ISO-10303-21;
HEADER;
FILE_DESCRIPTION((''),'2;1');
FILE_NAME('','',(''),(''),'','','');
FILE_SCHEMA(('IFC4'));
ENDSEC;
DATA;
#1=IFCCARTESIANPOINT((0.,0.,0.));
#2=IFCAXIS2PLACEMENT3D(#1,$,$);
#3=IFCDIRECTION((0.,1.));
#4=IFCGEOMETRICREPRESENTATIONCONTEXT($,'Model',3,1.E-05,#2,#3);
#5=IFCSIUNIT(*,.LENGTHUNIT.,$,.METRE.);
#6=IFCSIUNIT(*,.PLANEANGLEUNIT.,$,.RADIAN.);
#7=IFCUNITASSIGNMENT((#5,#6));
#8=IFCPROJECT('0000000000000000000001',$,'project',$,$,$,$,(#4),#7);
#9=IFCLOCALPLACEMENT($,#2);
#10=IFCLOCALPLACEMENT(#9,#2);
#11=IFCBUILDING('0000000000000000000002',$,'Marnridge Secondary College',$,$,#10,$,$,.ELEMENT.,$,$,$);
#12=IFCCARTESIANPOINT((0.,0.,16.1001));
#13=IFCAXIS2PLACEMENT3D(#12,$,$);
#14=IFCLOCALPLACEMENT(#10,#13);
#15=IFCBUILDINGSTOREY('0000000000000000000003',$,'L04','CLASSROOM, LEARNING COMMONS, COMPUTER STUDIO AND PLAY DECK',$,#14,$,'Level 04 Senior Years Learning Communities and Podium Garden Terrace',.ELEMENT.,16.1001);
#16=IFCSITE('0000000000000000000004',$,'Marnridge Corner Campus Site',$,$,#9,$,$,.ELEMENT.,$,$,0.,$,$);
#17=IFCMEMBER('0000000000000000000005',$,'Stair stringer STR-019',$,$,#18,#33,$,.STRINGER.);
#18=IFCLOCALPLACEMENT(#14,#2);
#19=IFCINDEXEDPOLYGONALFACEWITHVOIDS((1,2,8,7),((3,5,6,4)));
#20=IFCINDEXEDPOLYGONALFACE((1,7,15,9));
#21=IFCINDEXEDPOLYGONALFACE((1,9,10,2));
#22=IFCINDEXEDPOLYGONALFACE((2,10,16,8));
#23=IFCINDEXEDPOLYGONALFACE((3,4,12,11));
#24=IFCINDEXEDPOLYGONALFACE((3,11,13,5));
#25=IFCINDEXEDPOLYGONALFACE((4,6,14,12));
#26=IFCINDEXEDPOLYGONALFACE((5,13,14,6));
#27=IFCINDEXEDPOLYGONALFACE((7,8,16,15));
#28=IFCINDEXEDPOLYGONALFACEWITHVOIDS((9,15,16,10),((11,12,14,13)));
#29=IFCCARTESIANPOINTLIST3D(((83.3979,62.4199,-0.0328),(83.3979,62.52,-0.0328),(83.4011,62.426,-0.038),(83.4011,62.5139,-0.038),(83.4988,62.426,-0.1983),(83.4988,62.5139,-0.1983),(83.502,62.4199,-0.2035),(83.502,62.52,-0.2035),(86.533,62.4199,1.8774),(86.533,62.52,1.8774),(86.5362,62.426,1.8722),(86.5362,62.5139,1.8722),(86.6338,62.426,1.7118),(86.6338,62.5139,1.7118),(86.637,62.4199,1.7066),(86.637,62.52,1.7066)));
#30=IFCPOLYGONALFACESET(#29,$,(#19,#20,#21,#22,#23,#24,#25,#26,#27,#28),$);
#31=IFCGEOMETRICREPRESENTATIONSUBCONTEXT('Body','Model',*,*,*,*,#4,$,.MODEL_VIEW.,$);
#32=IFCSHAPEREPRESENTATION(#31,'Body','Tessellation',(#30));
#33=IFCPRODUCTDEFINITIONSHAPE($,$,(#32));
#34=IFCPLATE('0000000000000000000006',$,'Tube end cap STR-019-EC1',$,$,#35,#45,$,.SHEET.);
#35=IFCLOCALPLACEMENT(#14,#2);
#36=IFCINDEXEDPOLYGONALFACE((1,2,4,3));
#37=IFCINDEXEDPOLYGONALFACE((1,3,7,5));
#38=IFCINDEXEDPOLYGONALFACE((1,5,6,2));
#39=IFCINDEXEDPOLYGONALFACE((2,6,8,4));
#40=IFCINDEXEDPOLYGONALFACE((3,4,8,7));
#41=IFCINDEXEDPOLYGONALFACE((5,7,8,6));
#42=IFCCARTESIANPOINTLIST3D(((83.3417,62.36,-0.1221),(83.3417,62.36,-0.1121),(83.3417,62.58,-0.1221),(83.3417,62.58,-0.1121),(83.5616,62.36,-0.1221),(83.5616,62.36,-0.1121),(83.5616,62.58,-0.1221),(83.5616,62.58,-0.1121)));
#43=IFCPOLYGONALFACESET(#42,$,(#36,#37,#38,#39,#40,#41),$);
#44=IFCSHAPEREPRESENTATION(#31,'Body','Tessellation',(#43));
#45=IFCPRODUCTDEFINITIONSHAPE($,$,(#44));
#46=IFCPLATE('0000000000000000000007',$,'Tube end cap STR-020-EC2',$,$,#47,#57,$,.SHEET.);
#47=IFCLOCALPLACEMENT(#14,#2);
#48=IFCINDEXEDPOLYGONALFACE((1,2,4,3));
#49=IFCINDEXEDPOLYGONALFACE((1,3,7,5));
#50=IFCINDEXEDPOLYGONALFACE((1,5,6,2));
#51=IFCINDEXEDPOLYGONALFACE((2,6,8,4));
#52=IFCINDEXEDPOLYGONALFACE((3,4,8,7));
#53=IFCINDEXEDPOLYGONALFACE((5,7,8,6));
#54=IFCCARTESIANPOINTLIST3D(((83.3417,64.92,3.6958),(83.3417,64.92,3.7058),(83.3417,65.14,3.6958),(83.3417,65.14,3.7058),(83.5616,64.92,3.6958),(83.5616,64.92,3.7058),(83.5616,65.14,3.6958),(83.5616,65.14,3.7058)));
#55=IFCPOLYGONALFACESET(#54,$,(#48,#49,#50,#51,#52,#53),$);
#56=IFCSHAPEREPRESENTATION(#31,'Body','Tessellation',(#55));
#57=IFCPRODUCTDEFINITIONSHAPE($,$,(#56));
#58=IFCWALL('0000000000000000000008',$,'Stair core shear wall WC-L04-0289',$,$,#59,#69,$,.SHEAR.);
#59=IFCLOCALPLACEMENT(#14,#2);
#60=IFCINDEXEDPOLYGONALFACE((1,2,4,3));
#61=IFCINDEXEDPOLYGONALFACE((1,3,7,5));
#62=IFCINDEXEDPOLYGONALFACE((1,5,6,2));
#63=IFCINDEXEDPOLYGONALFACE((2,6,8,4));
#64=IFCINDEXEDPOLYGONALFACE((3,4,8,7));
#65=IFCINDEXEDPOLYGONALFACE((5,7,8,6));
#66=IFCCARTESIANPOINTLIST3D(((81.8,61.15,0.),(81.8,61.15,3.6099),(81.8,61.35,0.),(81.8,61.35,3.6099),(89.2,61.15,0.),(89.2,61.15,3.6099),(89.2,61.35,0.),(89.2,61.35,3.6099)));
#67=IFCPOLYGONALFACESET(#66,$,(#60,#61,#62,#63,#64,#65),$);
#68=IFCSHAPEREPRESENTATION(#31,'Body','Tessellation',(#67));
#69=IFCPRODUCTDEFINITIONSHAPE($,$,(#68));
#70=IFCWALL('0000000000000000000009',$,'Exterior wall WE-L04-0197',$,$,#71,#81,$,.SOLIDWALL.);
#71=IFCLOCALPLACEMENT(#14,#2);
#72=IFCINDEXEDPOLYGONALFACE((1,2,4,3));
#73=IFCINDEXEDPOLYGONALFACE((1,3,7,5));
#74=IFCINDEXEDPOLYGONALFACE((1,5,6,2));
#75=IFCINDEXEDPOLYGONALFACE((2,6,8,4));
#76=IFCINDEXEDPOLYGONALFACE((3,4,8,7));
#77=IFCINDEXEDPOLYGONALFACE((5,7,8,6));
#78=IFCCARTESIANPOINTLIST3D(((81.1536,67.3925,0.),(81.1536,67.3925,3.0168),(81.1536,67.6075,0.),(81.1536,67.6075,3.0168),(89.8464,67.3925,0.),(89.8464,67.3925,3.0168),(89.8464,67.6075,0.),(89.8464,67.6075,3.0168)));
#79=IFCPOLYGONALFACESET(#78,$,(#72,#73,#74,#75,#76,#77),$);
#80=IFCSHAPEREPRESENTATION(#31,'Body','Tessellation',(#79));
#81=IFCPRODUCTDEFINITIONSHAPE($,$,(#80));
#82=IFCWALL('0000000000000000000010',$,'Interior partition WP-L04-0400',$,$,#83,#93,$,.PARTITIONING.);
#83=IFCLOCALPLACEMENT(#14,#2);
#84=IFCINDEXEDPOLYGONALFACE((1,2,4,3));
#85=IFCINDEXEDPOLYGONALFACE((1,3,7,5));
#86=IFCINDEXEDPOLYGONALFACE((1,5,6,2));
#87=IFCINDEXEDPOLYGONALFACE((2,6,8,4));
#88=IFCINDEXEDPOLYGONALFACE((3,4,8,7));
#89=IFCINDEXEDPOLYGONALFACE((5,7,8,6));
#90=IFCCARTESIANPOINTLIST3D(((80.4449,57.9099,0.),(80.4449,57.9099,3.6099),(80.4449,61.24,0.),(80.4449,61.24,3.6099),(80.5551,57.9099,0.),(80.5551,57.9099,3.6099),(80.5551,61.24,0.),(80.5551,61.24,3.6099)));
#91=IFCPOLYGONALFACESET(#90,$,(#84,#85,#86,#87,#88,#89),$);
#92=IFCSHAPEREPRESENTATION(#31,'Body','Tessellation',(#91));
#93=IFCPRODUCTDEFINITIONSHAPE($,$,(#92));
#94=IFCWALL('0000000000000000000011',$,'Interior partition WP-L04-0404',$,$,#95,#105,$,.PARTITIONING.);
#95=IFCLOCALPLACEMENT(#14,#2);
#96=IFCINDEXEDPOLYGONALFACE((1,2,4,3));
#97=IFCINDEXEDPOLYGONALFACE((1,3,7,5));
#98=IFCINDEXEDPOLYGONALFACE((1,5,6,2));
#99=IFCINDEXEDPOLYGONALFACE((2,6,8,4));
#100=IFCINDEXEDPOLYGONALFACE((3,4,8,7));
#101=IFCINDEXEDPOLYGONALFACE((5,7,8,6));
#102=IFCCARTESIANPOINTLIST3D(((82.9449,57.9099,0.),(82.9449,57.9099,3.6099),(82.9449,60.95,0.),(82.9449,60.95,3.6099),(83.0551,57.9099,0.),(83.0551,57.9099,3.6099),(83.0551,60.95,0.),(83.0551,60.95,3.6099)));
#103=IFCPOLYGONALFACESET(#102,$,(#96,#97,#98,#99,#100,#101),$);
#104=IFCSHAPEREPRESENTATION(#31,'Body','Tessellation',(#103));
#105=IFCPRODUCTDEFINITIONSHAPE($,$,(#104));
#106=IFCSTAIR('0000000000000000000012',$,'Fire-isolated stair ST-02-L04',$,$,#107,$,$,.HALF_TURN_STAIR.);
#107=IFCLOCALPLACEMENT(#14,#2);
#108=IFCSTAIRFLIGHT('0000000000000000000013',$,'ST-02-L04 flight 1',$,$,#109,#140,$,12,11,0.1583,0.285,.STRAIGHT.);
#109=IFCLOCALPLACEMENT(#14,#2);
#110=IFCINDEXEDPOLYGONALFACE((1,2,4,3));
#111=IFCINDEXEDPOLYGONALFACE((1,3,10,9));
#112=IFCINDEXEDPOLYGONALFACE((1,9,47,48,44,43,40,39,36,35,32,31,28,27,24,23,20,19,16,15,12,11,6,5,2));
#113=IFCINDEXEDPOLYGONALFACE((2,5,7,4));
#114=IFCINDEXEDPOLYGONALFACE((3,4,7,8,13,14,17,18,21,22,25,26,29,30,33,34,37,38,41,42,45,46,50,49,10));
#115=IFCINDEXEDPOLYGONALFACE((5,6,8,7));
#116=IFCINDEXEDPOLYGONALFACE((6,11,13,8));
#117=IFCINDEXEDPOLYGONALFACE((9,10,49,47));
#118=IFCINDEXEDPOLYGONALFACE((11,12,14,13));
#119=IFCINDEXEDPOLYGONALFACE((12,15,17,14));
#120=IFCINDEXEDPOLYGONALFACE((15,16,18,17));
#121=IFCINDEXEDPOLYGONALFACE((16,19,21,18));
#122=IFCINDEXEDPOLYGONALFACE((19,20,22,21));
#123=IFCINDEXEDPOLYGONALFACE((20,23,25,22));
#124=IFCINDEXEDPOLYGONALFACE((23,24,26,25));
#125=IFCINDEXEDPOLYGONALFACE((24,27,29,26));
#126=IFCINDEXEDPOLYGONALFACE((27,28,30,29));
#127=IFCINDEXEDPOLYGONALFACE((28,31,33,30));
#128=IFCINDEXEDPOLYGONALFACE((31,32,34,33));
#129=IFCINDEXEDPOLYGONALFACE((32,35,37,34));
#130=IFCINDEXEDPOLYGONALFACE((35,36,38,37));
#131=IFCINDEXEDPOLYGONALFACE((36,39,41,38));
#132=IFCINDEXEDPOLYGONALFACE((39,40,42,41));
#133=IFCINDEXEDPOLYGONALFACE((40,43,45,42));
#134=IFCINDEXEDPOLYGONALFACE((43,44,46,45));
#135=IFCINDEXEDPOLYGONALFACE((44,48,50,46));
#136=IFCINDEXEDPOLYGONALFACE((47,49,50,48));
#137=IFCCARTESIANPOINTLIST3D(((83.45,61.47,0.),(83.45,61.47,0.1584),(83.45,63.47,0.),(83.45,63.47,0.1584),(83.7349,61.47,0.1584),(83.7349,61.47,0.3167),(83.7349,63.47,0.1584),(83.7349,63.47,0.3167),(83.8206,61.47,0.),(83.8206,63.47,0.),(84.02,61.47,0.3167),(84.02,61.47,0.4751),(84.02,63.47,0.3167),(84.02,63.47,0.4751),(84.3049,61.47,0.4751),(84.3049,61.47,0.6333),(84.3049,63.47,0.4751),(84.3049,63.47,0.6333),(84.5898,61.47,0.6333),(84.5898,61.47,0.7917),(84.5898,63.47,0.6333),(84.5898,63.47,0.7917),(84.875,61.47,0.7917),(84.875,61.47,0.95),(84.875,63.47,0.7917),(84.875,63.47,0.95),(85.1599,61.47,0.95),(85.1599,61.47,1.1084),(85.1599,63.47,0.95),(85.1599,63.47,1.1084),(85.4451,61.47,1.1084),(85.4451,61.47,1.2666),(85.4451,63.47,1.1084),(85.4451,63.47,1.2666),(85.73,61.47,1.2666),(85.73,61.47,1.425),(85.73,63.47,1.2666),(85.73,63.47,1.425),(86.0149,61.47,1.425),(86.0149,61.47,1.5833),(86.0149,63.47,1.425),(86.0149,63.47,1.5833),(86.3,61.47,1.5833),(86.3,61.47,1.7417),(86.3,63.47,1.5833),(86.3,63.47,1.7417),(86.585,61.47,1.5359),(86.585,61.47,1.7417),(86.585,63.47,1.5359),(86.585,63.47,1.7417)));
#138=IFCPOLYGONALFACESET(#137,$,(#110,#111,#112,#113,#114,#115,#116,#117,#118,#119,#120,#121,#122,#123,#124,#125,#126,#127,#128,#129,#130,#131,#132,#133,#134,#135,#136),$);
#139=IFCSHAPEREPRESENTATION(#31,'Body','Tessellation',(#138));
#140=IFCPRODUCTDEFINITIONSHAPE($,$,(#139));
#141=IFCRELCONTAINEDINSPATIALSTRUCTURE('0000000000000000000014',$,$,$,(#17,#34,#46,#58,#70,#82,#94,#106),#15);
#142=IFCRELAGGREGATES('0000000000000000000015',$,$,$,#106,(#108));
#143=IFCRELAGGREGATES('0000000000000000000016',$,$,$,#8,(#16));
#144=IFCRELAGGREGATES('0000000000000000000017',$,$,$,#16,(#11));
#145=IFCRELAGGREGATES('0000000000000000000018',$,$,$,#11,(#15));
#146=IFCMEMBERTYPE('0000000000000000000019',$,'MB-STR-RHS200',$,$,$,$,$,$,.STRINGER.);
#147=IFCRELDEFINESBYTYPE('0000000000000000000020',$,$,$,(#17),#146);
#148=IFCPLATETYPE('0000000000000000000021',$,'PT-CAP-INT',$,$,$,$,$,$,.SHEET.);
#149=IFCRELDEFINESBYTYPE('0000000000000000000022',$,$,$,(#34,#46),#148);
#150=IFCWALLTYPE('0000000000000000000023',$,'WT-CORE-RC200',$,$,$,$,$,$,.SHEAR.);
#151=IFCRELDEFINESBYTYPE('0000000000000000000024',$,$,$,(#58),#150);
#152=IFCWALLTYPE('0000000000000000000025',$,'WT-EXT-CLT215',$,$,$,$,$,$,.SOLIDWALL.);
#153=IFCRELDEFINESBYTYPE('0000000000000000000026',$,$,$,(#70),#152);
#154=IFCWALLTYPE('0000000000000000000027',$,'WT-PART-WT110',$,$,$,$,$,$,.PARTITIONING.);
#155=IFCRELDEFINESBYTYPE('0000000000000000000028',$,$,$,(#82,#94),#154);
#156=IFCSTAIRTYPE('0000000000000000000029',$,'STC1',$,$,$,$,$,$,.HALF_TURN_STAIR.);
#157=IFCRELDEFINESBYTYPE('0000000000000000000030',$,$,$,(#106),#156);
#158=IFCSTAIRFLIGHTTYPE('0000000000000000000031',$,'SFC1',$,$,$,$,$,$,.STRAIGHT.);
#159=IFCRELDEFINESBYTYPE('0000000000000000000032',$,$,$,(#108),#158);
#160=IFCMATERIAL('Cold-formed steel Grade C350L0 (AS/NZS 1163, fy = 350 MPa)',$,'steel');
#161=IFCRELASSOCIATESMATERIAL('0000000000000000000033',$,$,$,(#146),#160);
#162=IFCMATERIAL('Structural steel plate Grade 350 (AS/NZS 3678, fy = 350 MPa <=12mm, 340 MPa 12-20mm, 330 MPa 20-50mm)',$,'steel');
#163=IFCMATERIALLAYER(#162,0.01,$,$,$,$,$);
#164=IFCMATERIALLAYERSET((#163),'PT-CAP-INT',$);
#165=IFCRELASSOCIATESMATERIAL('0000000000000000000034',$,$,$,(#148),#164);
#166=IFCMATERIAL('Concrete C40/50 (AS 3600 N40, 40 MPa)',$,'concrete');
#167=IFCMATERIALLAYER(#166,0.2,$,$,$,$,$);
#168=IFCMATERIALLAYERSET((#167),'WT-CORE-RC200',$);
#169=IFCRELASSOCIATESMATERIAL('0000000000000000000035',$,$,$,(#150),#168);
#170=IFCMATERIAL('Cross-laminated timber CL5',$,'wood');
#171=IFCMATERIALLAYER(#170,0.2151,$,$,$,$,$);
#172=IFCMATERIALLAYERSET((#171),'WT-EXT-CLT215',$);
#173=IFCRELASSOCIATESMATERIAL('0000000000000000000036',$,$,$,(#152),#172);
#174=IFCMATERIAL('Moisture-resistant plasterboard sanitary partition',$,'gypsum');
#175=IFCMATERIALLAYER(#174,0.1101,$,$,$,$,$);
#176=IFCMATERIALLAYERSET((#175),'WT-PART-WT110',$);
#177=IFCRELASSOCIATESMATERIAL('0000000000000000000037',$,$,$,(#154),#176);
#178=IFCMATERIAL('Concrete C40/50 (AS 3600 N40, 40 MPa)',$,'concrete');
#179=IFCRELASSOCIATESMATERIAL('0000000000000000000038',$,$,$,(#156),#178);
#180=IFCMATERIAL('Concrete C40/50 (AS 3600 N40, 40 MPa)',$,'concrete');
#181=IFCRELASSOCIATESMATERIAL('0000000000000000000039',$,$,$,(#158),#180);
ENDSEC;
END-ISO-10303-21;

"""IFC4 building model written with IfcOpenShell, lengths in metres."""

from ifc_helpers import new_model, si_unit, direction, frame, frame_2d, origin, origin_2d, place, context, subcontext, project, spatial, polyline, rectangle, hollow_rectangle, outline, extrude, material, layer, layer_set, material_profile, profile_set, type_object, element, aggregate, save


model = new_model("IFC4")

# Units and contexts
model_context = context("Model", 3, precision=1e-05, world=origin(), true_north=direction((0.0, 1.0)))
body_context = subcontext(model_context, "Body", "Model", "MODEL_VIEW")
ifc_project = project(units=[si_unit("LENGTHUNIT", "METRE"), si_unit("PLANEANGLEUNIT", "RADIAN")], contexts=[model_context])

# Site, building, storey
site_placement = place(None, origin())
site = spatial("IfcSite", under=ifc_project, at=site_placement, Name="Marnridge Corner Campus Site", CompositionType="ELEMENT", RefElevation=0.0)
building_placement = place(site_placement, origin())
building = spatial("IfcBuilding", under=site, at=building_placement, Name="Marnridge Secondary College", CompositionType="ELEMENT")
storey_placement = place(building_placement, frame((0.0, 0.0, 16.1001)))
storey = spatial("IfcBuildingStorey", under=building, at=storey_placement, Name="L04", Description="CLASSROOM, LEARNING COMMONS, COMPUTER STUDIO AND PLAY DECK", LongName="Level 04 Senior Years Learning Communities and Podium Garden Terrace", CompositionType="ELEMENT", Elevation=16.1001)

# Member
ifc_material_1 = material(Name="Cold-formed steel Grade C350L0 (AS/NZS 1163, fy = 350 MPa)", Category="steel")
ifc_material_profile_1 = material_profile(ifc_material_1, hollow_rectangle(XDim=0.1001, YDim=0.2, WallThickness=0.0061, at=origin_2d()), Name="200x100x6.0RHS")
ifc_profile_set_1 = profile_set([ifc_material_profile_1], Name="Cold-formed steel Grade C350L0 (AS/NZS 1163, fy = 350 MPa)")
member_type = type_object("IfcMemberType", Name="MB-STR-RHS200", PredefinedType="STRINGER", material=ifc_profile_set_1)
member_placement = place(storey_placement, frame((83.45, 62.47, -0.1182), z_axis=(0.85397, 0.0, 0.520322), x_axis=(0.0, 1.0, 0.0)))
element("IfcMember", 1, at=member_placement, inside=storey, type_object=member_type, Name="Stair stringer STR-019", PredefinedType="STRINGER", context=body_context, shape_type="SweptSolid", body=[
    extrude(hollow_rectangle(XDim=0.1001, YDim=0.2, WallThickness=0.0061, at=origin_2d()), origin(), (0.0, 0.0, 1.0), 3.6711),
])

# Plates
ifc_material_2 = material(Name="Structural steel plate Grade 350 (AS/NZS 3678, fy = 350 MPa <=12mm, 340 MPa 12-20mm, 330 MPa 20-50mm)", Category="steel")
ifc_layer_1 = layer(ifc_material_2, 0.01)
ifc_layer_set_1 = layer_set([ifc_layer_1], Name="PT-CAP-INT")
plate_type = type_object("IfcPlateType", Name="PT-CAP-INT", PredefinedType="SHEET", material=ifc_layer_set_1)
for number, where, z_axis, x_axis, name in (
    (2, (83.4517, 62.47, -0.1221), (0.0, 0.0, 1.0), (1.0, 0.0, 0.0), "Tube end cap STR-019-EC1"),
    (3, (83.4517, 65.03, 3.6958), (0.0, 0.0, 1.0), (-1.0, 0.0, 0.0), "Tube end cap STR-020-EC2"),
):
    element("IfcPlate", number, at=place(storey_placement, frame(where, z_axis=z_axis, x_axis=x_axis)), inside=storey, type_object=plate_type, Name=name, PredefinedType="SHEET", context=body_context, shape_type="SweptSolid", body=[
        extrude(rectangle(XDim=0.22, YDim=0.22, at=origin_2d()), origin(), (0.0, 0.0, 1.0), 0.01),
    ])

# Wall
ifc_material_3 = material(Name="Concrete C40/50 (AS 3600 N40, 40 MPa)", Category="concrete")
ifc_layer_2 = layer(ifc_material_3, 0.2)
ifc_layer_set_2 = layer_set([ifc_layer_2], Name="WT-CORE-RC200")
wall_type_1 = type_object("IfcWallType", Name="WT-CORE-RC200", PredefinedType="SHEAR", material=ifc_layer_set_2)
wall_1_placement = place(storey_placement, frame((81.8, 61.25, 0.0), z_axis=(0.0, 0.0, 1.0), x_axis=(1.0, 0.0, 0.0)))
element("IfcWall", 4, at=wall_1_placement, inside=storey, type_object=wall_type_1, Name="Stair core shear wall WC-L04-0289", PredefinedType="SHEAR", context=body_context, shape_type="SweptSolid", body=[
    extrude(rectangle(XDim=7.3999, YDim=0.2, at=frame_2d((3.7, 0.0))), origin(), (0.0, 0.0, 1.0), 3.6099),
])

# Wall
ifc_material_4 = material(Name="Cross-laminated timber CL5", Category="wood")
ifc_layer_3 = layer(ifc_material_4, 0.2151)
ifc_layer_set_3 = layer_set([ifc_layer_3], Name="WT-EXT-CLT215")
wall_type_2 = type_object("IfcWallType", Name="WT-EXT-CLT215", PredefinedType="SOLIDWALL", material=ifc_layer_set_3)
wall_2_placement = place(storey_placement, frame((81.1536, 67.5, 0.0), z_axis=(0.0, 0.0, 1.0), x_axis=(1.0, 0.0, 0.0)))
element("IfcWall", 5, at=wall_2_placement, inside=storey, type_object=wall_type_2, Name="Exterior wall WE-L04-0197", PredefinedType="SOLIDWALL", context=body_context, shape_type="SweptSolid", body=[
    extrude(rectangle(XDim=8.6929, YDim=0.2151, at=frame_2d((4.3464, 0.0))), origin(), (0.0, 0.0, 1.0), 3.0168),
])

# Walls
ifc_material_5 = material(Name="Moisture-resistant plasterboard sanitary partition", Category="gypsum")
ifc_layer_4 = layer(ifc_material_5, 0.1101)
ifc_layer_set_4 = layer_set([ifc_layer_4], Name="WT-PART-WT110")
wall_type_3 = type_object("IfcWallType", Name="WT-PART-WT110", PredefinedType="PARTITIONING", material=ifc_layer_set_4)
wall_3_placement = place(storey_placement, frame((80.5, 57.9099, 0.0), z_axis=(0.0, 0.0, 1.0), x_axis=(0.0, 1.0, 0.0)))
element("IfcWall", 6, at=wall_3_placement, inside=storey, type_object=wall_type_3, Name="Interior partition WP-L04-0400", PredefinedType="PARTITIONING", context=body_context, shape_type="SweptSolid", body=[
    extrude(rectangle(XDim=3.3301, YDim=0.1101, at=frame_2d((1.665, 0.0))), origin(), (0.0, 0.0, 1.0), 3.6099),
])
wall_4_placement = place(storey_placement, frame((83.0, 57.9099, 0.0), z_axis=(0.0, 0.0, 1.0), x_axis=(0.0, 1.0, 0.0)))
element("IfcWall", 7, at=wall_4_placement, inside=storey, type_object=wall_type_3, Name="Interior partition WP-L04-0404", PredefinedType="PARTITIONING", context=body_context, shape_type="SweptSolid", body=[
    extrude(rectangle(XDim=3.04, YDim=0.1101, at=frame_2d((1.52, 0.0))), origin(), (0.0, 0.0, 1.0), 3.6099),
])

# Stair, stair flight
ifc_material_6 = material(Name="Concrete C40/50 (AS 3600 N40, 40 MPa)", Category="concrete")
stair_type = type_object("IfcStairType", Name="STC1", PredefinedType="HALF_TURN_STAIR", material=ifc_material_6)
stair_placement = place(storey_placement, origin())
stair = element("IfcStair", 8, at=stair_placement, inside=storey, type_object=stair_type, Name="Fire-isolated stair ST-02-L04", PredefinedType="HALF_TURN_STAIR")
ifc_material_7 = material(Name="Concrete C40/50 (AS 3600 N40, 40 MPa)", Category="concrete")
stair_flight_type = type_object("IfcStairFlightType", Name="SFC1", PredefinedType="STRAIGHT", material=ifc_material_7)
stair_flight_placement = place(storey_placement, frame((83.45, 62.47, 0.0), z_axis=(0.0, 0.0, 1.0), x_axis=(1.0, 0.0, 0.0)))
stair_flight = element("IfcStairFlight", 9, at=stair_flight_placement, type_object=stair_flight_type, Name="ST-02-L04 flight 1", NumberOfRisers=12, NumberOfTreads=11, PredefinedType="STRAIGHT", RiserHeight=0.1583, TreadLength=0.285, context=body_context, shape_type="SweptSolid", body=[
    extrude(outline(polyline([(0.0, 0.0), (0.0, 0.1584), (0.2849, 0.1584), (0.2849, 0.3167), (0.5701, 0.3167), (0.5701, 0.4751), (0.855, 0.4751), (0.855, 0.6333), (1.1399, 0.6333), (1.1399, 0.7917), (1.425, 0.7917), (1.425, 0.95), (1.71, 0.95), (1.71, 1.1084), (1.9951, 1.1084), (1.9951, 1.2666), (2.28, 1.2666), (2.28, 1.425), (2.5649, 1.425), (2.5649, 1.5833), (2.8501, 1.5833), (2.8501, 1.7417), (3.135, 1.7417), (3.135, 1.8999), (3.135, 1.5359), (0.3706, 0.0), (0.0, 0.0)])), frame((0.0, 1.0, 0.0), z_axis=(0.0, -1.0, 0.0), x_axis=(1.0, 0.0, 0.0)), (0.0, 0.0, 1.0), 2.0),
])
aggregate(stair, [stair_flight])

save(model, "model.ifc")
